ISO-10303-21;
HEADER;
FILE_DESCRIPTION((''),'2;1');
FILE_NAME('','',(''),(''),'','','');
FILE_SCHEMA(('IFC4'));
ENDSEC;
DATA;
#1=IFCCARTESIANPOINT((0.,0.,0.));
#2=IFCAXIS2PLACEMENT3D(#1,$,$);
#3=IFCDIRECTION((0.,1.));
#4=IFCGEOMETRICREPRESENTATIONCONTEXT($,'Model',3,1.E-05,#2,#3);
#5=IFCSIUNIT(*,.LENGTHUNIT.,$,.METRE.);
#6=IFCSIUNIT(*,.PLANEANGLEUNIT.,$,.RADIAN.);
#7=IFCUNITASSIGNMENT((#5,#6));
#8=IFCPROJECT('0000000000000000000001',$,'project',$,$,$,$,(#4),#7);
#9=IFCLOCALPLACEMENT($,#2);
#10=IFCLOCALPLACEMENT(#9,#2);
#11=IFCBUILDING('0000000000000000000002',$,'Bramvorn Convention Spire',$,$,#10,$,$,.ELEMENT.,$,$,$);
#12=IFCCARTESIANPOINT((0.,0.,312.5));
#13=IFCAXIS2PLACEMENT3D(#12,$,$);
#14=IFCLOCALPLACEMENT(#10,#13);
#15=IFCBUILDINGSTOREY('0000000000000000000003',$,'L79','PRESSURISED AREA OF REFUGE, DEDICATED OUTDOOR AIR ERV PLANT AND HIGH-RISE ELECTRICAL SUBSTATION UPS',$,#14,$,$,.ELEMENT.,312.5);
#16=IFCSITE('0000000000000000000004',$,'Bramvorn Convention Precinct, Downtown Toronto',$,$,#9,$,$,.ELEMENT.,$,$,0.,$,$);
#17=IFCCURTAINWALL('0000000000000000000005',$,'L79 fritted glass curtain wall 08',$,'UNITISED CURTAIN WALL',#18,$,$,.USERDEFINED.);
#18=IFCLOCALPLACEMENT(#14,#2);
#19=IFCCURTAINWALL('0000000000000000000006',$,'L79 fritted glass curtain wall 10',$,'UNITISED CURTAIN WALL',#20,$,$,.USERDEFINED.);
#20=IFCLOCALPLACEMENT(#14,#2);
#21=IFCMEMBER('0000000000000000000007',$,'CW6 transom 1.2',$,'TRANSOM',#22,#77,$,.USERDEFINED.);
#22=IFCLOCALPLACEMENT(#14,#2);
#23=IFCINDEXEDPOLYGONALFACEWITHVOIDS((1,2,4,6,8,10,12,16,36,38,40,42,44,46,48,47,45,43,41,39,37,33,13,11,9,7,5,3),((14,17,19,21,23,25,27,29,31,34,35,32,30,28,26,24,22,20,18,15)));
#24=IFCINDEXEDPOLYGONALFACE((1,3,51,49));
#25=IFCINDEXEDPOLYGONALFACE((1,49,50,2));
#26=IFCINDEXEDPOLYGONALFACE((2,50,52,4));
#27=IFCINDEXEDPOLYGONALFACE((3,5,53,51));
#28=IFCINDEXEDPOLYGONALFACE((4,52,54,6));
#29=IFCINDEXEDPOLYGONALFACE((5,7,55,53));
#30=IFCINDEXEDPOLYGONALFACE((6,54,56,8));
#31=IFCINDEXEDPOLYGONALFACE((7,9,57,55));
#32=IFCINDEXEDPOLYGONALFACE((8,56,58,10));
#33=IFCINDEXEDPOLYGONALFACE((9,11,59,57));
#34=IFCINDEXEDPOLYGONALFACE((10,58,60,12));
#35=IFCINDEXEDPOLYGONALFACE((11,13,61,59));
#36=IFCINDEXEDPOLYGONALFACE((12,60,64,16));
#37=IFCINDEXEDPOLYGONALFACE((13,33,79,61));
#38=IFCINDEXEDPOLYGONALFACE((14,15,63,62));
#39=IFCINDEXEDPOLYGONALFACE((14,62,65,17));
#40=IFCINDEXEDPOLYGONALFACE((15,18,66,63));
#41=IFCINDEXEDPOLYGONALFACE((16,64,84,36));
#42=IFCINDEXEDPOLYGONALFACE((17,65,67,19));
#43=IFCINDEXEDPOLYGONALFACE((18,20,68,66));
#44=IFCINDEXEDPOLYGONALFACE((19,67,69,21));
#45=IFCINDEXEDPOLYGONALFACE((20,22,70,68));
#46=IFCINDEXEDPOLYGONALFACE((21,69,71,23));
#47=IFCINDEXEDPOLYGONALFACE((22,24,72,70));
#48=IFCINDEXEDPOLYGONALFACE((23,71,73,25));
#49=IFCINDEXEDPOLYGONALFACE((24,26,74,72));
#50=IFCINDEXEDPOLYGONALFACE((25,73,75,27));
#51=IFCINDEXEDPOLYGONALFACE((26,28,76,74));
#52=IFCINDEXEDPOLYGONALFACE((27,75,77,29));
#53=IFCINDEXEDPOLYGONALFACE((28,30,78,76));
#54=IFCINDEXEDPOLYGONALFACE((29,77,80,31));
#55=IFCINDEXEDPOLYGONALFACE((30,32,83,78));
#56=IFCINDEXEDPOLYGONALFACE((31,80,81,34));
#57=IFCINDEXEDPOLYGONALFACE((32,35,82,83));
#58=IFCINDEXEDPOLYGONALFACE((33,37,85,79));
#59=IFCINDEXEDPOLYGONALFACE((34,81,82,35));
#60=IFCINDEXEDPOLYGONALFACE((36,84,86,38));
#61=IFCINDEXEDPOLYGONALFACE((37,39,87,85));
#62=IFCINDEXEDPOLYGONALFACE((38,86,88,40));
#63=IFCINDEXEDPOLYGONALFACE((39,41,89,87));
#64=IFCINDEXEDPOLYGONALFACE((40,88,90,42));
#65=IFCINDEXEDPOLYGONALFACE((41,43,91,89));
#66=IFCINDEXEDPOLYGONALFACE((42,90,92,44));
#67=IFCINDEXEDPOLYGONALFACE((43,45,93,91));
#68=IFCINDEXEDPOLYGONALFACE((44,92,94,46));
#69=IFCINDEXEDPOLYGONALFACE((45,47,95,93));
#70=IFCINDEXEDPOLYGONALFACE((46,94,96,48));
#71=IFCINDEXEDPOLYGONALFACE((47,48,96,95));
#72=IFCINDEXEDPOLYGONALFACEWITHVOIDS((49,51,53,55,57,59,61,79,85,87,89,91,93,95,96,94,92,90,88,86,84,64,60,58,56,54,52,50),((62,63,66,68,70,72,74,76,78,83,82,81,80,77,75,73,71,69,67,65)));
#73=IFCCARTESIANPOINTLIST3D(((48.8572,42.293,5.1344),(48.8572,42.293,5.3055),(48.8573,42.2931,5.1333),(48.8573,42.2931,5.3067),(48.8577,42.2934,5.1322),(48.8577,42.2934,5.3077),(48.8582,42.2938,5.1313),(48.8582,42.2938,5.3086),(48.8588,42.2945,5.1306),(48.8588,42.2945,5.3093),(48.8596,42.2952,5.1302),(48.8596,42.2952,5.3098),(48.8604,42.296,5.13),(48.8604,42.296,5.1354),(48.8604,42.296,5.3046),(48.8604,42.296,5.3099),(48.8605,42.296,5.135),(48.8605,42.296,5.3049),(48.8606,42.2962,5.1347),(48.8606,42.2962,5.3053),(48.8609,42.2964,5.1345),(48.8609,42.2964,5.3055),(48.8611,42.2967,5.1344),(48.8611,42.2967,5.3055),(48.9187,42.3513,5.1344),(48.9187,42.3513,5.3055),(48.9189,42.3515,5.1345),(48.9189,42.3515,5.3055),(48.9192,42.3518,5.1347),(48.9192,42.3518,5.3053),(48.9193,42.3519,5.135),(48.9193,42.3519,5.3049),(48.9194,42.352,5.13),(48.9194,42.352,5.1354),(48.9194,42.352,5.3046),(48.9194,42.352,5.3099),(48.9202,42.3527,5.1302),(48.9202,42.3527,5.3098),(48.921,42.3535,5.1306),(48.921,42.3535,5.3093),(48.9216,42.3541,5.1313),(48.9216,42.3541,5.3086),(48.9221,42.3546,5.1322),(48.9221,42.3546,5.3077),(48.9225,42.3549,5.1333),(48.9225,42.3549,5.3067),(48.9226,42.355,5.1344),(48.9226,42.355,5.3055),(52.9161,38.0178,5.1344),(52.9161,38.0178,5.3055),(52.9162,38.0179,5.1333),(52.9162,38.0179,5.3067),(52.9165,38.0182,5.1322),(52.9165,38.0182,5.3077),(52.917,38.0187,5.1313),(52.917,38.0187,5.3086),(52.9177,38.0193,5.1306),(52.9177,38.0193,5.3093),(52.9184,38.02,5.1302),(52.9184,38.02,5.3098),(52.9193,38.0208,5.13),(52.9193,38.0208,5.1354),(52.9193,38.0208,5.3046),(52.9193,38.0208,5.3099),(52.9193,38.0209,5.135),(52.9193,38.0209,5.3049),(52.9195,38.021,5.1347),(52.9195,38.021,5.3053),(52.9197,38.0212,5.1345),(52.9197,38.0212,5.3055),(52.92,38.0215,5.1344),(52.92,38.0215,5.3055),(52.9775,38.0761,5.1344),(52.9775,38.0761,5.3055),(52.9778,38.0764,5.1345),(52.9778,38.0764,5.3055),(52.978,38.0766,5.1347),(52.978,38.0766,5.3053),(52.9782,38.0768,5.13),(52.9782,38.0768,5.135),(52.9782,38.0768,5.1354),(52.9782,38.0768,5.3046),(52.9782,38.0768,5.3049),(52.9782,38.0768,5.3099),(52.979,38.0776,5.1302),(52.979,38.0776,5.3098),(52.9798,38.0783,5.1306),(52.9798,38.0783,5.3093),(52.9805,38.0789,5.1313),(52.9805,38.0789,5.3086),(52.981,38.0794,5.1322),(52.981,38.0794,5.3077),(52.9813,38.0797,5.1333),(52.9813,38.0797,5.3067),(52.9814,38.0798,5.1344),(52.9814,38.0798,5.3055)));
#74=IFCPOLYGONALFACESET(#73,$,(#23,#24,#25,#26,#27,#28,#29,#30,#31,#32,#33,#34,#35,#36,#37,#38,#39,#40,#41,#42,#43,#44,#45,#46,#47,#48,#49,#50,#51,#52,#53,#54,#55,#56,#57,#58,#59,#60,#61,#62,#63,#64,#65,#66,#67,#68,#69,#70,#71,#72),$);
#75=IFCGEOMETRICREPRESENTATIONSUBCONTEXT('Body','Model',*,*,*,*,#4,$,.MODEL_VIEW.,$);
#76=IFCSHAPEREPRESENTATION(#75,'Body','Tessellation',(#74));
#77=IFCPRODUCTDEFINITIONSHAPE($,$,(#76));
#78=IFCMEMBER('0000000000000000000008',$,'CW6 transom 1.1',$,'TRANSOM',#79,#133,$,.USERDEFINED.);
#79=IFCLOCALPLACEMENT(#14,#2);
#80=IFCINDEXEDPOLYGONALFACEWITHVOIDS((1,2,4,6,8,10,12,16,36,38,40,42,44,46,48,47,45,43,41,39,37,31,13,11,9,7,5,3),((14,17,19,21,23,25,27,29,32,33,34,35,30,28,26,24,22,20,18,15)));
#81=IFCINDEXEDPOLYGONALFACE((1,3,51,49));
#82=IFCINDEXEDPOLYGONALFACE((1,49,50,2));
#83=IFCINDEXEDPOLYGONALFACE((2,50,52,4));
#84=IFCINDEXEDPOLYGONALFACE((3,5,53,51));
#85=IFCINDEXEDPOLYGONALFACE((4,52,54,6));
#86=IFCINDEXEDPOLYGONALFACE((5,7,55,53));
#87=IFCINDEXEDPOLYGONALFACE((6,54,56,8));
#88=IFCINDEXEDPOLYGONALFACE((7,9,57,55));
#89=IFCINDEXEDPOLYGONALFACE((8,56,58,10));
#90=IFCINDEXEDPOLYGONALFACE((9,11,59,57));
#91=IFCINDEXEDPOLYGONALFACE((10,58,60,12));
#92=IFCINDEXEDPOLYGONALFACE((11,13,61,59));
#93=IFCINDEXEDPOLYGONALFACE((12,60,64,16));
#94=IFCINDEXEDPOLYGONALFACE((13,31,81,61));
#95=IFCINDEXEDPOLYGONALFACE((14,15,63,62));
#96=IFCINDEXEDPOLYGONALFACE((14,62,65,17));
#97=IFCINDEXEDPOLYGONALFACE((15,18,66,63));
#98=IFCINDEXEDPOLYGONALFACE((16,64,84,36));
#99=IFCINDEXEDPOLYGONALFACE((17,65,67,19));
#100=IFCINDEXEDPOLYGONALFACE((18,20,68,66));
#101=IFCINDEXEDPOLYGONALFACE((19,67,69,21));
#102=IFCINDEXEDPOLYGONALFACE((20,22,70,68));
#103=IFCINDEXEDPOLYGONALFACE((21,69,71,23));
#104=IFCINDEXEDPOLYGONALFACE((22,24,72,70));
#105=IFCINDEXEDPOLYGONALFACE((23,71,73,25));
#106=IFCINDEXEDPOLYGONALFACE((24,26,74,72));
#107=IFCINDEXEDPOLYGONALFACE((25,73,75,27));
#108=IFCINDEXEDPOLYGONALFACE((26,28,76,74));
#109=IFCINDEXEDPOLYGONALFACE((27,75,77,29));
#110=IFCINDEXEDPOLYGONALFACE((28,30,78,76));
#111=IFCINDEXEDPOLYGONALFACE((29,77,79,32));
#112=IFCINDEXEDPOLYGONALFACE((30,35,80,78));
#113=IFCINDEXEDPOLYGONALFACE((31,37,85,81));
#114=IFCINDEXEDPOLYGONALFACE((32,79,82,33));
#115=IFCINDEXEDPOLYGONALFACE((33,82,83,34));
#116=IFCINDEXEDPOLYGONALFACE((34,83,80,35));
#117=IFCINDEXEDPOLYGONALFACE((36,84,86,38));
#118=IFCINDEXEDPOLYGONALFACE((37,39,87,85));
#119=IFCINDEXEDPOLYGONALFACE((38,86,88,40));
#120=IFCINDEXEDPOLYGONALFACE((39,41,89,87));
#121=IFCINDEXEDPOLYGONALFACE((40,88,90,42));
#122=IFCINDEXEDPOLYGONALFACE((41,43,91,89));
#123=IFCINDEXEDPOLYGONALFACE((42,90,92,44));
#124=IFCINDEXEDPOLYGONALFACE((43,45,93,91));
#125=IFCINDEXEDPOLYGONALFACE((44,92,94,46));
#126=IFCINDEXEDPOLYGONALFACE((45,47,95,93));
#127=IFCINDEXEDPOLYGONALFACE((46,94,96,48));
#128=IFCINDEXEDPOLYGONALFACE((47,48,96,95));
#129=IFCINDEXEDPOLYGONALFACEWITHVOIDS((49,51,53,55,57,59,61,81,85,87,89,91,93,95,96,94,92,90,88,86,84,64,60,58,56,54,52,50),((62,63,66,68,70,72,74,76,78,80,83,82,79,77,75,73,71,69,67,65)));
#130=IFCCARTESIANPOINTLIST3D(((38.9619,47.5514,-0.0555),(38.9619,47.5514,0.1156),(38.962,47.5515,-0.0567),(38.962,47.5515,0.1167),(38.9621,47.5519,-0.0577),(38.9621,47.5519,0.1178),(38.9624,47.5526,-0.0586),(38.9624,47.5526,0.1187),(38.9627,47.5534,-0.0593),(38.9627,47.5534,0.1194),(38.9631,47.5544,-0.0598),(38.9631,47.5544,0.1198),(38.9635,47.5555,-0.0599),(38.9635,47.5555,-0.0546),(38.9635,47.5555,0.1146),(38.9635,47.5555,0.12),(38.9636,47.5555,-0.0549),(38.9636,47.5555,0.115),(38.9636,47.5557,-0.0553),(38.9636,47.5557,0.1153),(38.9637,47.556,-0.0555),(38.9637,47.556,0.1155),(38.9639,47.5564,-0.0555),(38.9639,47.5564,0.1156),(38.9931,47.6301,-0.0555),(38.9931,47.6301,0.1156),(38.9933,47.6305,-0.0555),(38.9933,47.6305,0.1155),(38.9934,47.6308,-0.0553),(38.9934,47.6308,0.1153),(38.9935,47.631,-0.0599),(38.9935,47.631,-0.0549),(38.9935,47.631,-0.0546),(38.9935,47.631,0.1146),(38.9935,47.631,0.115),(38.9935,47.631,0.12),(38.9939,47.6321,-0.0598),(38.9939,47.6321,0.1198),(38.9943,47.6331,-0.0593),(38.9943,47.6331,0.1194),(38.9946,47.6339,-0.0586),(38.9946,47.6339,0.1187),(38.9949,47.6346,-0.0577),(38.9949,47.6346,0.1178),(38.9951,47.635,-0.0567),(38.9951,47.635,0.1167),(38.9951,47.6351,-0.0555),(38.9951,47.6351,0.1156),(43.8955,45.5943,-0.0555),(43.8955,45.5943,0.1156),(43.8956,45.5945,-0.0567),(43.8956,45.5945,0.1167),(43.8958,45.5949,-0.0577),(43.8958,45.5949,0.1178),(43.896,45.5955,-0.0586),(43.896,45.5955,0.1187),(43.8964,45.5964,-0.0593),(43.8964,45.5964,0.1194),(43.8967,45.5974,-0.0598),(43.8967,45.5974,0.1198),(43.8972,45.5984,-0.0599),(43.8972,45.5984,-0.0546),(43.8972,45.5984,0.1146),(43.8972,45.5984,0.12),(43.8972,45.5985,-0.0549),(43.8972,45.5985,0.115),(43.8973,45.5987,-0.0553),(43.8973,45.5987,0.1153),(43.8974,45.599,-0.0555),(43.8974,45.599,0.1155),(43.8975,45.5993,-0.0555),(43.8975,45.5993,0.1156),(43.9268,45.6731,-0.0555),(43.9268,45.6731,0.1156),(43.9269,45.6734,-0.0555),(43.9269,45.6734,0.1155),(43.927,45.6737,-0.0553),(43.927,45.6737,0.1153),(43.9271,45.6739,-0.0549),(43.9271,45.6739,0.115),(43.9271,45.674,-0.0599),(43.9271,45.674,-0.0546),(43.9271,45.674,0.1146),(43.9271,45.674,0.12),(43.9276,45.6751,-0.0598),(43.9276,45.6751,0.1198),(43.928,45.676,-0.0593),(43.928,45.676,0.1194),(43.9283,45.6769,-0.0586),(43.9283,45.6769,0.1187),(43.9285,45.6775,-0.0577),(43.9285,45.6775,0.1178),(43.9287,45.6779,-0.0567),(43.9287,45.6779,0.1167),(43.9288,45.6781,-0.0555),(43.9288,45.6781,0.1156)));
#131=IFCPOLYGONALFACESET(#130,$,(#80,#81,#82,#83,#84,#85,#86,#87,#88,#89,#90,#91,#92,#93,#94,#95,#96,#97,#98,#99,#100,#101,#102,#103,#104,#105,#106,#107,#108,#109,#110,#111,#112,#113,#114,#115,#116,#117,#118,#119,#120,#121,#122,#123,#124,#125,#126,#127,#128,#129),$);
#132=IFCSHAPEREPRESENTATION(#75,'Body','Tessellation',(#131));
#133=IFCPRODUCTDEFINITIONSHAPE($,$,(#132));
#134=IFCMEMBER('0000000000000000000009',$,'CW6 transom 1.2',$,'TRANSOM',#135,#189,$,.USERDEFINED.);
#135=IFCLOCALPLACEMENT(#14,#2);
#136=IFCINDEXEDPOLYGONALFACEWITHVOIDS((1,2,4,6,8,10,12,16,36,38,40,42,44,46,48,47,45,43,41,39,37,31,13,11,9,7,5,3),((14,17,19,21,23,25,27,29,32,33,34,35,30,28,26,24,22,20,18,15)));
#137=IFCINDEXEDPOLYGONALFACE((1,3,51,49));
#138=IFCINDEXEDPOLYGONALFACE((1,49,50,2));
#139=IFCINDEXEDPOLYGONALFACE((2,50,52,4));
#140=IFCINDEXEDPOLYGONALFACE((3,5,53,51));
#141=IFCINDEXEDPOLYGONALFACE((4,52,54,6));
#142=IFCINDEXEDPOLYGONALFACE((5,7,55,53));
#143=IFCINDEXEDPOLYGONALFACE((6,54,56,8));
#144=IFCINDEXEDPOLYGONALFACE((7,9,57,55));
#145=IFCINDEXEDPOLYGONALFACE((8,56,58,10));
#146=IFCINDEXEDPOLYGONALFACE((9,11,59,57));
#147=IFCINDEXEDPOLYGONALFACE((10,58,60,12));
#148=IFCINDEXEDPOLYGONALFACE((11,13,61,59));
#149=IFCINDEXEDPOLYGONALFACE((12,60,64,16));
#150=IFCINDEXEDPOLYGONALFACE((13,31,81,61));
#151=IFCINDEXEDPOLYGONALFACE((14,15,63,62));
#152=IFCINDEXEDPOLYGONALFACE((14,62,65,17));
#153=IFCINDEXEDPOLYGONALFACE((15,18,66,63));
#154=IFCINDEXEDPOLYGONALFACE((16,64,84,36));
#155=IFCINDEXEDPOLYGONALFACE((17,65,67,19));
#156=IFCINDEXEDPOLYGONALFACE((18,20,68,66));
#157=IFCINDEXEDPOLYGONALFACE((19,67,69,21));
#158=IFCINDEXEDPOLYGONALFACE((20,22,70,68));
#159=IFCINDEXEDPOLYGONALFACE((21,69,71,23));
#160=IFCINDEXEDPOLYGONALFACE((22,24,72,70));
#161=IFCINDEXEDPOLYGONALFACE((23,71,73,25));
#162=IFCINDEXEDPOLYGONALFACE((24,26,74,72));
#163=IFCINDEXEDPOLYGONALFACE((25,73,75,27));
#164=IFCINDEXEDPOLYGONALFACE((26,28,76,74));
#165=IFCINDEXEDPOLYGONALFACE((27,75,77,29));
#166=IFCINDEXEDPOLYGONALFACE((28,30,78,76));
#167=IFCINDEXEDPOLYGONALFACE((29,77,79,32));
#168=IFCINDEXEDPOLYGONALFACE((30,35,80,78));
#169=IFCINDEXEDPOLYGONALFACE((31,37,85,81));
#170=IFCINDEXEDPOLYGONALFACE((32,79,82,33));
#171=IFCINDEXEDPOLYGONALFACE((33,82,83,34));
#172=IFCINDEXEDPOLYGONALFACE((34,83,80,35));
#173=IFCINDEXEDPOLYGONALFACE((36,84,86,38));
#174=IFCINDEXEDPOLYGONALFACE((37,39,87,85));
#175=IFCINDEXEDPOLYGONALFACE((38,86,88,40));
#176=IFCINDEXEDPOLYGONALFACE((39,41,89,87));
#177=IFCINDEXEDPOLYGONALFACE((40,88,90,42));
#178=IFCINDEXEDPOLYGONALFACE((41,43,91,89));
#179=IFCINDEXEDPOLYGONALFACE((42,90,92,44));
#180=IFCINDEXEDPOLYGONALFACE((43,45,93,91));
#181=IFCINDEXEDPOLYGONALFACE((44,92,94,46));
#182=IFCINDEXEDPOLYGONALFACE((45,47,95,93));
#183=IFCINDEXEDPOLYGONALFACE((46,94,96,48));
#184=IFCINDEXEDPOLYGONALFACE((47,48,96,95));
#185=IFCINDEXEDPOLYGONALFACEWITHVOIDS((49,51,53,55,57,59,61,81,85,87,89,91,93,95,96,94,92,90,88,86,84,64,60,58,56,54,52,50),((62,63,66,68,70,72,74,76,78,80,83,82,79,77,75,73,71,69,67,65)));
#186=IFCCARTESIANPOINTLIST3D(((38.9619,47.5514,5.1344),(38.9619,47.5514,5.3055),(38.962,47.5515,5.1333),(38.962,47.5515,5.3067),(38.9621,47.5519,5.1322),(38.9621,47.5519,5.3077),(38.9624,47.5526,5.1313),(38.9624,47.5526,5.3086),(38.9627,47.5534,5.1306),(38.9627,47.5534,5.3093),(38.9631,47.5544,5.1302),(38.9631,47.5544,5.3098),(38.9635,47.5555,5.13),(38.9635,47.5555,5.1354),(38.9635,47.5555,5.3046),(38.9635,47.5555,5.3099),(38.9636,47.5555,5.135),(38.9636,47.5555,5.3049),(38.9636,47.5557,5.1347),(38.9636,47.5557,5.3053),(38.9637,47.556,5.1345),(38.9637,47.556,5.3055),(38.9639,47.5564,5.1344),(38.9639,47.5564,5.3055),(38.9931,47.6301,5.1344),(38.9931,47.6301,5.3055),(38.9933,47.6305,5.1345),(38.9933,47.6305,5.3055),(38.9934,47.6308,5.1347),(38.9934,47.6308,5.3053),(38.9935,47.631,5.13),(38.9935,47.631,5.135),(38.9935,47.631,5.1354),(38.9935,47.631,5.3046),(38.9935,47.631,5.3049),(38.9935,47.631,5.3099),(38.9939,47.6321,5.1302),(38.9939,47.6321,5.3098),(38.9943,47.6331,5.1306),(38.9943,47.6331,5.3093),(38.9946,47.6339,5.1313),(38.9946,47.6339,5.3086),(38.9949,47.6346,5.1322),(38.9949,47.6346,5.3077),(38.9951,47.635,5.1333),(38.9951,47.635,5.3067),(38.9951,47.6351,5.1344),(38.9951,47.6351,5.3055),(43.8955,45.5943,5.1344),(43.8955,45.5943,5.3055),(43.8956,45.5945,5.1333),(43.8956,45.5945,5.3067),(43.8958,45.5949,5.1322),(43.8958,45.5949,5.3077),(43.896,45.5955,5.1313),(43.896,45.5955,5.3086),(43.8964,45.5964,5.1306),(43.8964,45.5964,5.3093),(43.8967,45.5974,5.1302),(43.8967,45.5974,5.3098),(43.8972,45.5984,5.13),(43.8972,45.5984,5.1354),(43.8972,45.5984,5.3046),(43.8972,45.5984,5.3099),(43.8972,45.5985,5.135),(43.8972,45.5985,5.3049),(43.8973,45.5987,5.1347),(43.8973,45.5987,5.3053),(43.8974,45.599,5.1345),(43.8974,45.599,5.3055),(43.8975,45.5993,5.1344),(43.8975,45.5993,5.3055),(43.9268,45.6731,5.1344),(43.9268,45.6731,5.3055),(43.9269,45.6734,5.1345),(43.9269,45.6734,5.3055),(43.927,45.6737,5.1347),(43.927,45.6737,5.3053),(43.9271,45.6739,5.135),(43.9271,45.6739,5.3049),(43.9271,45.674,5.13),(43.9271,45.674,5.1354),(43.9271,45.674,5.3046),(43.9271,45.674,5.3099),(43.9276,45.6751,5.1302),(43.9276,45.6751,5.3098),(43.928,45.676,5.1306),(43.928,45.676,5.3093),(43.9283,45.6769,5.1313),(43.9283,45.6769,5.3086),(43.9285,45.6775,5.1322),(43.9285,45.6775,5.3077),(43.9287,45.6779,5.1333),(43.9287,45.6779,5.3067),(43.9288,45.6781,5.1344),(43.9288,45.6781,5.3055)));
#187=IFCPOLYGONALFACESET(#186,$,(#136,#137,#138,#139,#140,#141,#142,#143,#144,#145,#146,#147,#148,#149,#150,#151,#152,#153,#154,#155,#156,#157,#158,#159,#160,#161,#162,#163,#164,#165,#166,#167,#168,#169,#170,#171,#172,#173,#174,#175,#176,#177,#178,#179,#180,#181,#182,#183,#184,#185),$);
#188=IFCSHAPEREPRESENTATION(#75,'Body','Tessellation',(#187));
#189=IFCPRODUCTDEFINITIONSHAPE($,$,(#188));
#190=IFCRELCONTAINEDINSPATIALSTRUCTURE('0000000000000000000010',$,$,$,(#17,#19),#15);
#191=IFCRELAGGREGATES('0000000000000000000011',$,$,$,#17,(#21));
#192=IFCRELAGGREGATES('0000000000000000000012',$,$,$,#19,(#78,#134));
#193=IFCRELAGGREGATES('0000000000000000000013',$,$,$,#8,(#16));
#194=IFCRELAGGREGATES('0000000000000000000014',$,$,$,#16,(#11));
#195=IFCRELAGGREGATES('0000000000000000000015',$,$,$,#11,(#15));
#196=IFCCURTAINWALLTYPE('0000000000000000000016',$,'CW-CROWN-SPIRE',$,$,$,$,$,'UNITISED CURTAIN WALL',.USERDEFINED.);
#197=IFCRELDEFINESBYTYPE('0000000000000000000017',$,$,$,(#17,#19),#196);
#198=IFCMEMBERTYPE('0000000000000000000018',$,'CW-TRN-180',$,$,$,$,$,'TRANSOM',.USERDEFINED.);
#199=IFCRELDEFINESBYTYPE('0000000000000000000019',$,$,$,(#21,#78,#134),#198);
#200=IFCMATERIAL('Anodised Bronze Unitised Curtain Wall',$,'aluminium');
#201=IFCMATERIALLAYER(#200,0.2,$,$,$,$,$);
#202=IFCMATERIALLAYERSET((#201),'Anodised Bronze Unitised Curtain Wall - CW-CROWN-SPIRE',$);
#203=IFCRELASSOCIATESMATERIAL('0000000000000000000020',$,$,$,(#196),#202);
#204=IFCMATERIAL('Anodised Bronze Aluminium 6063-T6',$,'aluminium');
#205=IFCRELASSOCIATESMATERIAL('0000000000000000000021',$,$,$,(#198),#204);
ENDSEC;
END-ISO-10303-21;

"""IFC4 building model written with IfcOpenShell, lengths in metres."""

from ifc_helpers import new_model, si_unit, direction, frame, origin, origin_2d, place, context, subcontext, project, spatial, hollow_rectangle, extrude, material, layer, layer_set, material_profile, profile_set, type_object, element, aggregate, save


model = new_model("IFC4")

# Units and contexts
model_context = context("Model", 3, precision=1e-05, world=origin(), true_north=direction((0.0, 1.0)))
body_context = subcontext(model_context, "Body", "Model", "MODEL_VIEW")
ifc_project = project(units=[si_unit("LENGTHUNIT", "METRE"), si_unit("PLANEANGLEUNIT", "RADIAN")], contexts=[model_context])

# Site, building, storey
site_placement = place(None, origin())
site = spatial("IfcSite", under=ifc_project, at=site_placement, Name="Bramvorn Convention Precinct, Downtown Toronto", CompositionType="ELEMENT", RefElevation=0.0)
building_placement = place(site_placement, origin())
building = spatial("IfcBuilding", under=site, at=building_placement, Name="Bramvorn Convention Spire", CompositionType="ELEMENT")
storey_placement = place(building_placement, frame((0.0, 0.0, 312.5)))
storey = spatial("IfcBuildingStorey", under=building, at=storey_placement, Name="L79", Description="PRESSURISED AREA OF REFUGE, DEDICATED OUTDOOR AIR ERV PLANT AND HIGH-RISE ELECTRICAL SUBSTATION UPS", CompositionType="ELEMENT", Elevation=312.5)

# Shared definitions
ifc_material_1 = material(Name="Anodised Bronze Unitised Curtain Wall", Category="aluminium")
ifc_layer_1 = layer(ifc_material_1, 0.2)
ifc_layer_set_1 = layer_set([ifc_layer_1], Name="Anodised Bronze Unitised Curtain Wall - CW-CROWN-SPIRE")
curtain_wall_type = type_object("IfcCurtainWallType", Name="CW-CROWN-SPIRE", ElementType="UNITISED CURTAIN WALL", PredefinedType="USERDEFINED", material=ifc_layer_set_1)
ifc_material_2 = material(Name="Anodised Bronze Aluminium 6063-T6", Category="aluminium")

# Curtain walls
curtain_wall_1_placement = place(storey_placement, origin())
curtain_wall_1 = element("IfcCurtainWall", 1, at=curtain_wall_1_placement, inside=storey, type_object=curtain_wall_type, Name="L79 fritted glass curtain wall 08", ObjectType="UNITISED CURTAIN WALL", PredefinedType="USERDEFINED")
curtain_wall_2_placement = place(storey_placement, origin())
curtain_wall_2 = element("IfcCurtainWall", 2, at=curtain_wall_2_placement, inside=storey, type_object=curtain_wall_type, Name="L79 fritted glass curtain wall 10", ObjectType="UNITISED CURTAIN WALL", PredefinedType="USERDEFINED")

# Members
ifc_material_profile_1 = material_profile(ifc_material_2, hollow_rectangle(XDim=0.0901, YDim=0.1799, WallThickness=0.0044, InnerFilletRadius=0.001, OuterFilletRadius=0.0044, at=origin_2d()))
ifc_profile_set_1 = profile_set([ifc_material_profile_1], Name="Anodised Bronze Aluminium 6063-T6 - CWT90X180")
member_type_1 = type_object("IfcMemberType", Name="CW-TRN-180", ElementType="TRANSOM", PredefinedType="USERDEFINED", material=ifc_profile_set_1)
member_1_placement = place(storey_placement, frame((48.8899, 42.324, 5.22), z_axis=(0.688522, -0.725216, 0.0), x_axis=(0.725216, 0.688522, 0.0)))
member_1 = element("IfcMember", 3, at=member_1_placement, type_object=member_type_1, Name="CW6 transom 1.2", ObjectType="TRANSOM", PredefinedType="USERDEFINED", context=body_context, shape_type="SweptSolid", body=[
    extrude(hollow_rectangle(XDim=0.0901, YDim=0.1799, WallThickness=0.0044, InnerFilletRadius=0.001, OuterFilletRadius=0.0044, at=origin_2d()), origin(), (0.0, 0.0, 1.0), 5.895),
])
member_2_placement = place(storey_placement, frame((38.9785, 47.5933, 0.03), z_axis=(0.929539, -0.368724, 0.0), x_axis=(0.368724, 0.929539, 0.0)))
member_2 = element("IfcMember", 4, at=member_2_placement, type_object=member_type_1, Name="CW6 transom 1.1", ObjectType="TRANSOM", PredefinedType="USERDEFINED", context=body_context, shape_type="SweptSolid", body=[
    extrude(hollow_rectangle(XDim=0.0901, YDim=0.1799, WallThickness=0.0044, InnerFilletRadius=0.001, OuterFilletRadius=0.0044, at=origin_2d()), origin(), (0.0, 0.0, 1.0), 5.3076),
])
member_3_placement = place(storey_placement, frame((38.9785, 47.5933, 5.22), z_axis=(0.929539, -0.368724, 0.0), x_axis=(0.368724, 0.929539, 0.0)))
member_3 = element("IfcMember", 5, at=member_3_placement, type_object=member_type_1, Name="CW6 transom 1.2", ObjectType="TRANSOM", PredefinedType="USERDEFINED", context=body_context, shape_type="SweptSolid", body=[
    extrude(hollow_rectangle(XDim=0.0901, YDim=0.1799, WallThickness=0.0044, InnerFilletRadius=0.001, OuterFilletRadius=0.0044, at=origin_2d()), origin(), (0.0, 0.0, 1.0), 5.3076),
])

aggregate(curtain_wall_1, [member_1])
aggregate(curtain_wall_2, [member_2, member_3])

save(model, "model.ifc")
